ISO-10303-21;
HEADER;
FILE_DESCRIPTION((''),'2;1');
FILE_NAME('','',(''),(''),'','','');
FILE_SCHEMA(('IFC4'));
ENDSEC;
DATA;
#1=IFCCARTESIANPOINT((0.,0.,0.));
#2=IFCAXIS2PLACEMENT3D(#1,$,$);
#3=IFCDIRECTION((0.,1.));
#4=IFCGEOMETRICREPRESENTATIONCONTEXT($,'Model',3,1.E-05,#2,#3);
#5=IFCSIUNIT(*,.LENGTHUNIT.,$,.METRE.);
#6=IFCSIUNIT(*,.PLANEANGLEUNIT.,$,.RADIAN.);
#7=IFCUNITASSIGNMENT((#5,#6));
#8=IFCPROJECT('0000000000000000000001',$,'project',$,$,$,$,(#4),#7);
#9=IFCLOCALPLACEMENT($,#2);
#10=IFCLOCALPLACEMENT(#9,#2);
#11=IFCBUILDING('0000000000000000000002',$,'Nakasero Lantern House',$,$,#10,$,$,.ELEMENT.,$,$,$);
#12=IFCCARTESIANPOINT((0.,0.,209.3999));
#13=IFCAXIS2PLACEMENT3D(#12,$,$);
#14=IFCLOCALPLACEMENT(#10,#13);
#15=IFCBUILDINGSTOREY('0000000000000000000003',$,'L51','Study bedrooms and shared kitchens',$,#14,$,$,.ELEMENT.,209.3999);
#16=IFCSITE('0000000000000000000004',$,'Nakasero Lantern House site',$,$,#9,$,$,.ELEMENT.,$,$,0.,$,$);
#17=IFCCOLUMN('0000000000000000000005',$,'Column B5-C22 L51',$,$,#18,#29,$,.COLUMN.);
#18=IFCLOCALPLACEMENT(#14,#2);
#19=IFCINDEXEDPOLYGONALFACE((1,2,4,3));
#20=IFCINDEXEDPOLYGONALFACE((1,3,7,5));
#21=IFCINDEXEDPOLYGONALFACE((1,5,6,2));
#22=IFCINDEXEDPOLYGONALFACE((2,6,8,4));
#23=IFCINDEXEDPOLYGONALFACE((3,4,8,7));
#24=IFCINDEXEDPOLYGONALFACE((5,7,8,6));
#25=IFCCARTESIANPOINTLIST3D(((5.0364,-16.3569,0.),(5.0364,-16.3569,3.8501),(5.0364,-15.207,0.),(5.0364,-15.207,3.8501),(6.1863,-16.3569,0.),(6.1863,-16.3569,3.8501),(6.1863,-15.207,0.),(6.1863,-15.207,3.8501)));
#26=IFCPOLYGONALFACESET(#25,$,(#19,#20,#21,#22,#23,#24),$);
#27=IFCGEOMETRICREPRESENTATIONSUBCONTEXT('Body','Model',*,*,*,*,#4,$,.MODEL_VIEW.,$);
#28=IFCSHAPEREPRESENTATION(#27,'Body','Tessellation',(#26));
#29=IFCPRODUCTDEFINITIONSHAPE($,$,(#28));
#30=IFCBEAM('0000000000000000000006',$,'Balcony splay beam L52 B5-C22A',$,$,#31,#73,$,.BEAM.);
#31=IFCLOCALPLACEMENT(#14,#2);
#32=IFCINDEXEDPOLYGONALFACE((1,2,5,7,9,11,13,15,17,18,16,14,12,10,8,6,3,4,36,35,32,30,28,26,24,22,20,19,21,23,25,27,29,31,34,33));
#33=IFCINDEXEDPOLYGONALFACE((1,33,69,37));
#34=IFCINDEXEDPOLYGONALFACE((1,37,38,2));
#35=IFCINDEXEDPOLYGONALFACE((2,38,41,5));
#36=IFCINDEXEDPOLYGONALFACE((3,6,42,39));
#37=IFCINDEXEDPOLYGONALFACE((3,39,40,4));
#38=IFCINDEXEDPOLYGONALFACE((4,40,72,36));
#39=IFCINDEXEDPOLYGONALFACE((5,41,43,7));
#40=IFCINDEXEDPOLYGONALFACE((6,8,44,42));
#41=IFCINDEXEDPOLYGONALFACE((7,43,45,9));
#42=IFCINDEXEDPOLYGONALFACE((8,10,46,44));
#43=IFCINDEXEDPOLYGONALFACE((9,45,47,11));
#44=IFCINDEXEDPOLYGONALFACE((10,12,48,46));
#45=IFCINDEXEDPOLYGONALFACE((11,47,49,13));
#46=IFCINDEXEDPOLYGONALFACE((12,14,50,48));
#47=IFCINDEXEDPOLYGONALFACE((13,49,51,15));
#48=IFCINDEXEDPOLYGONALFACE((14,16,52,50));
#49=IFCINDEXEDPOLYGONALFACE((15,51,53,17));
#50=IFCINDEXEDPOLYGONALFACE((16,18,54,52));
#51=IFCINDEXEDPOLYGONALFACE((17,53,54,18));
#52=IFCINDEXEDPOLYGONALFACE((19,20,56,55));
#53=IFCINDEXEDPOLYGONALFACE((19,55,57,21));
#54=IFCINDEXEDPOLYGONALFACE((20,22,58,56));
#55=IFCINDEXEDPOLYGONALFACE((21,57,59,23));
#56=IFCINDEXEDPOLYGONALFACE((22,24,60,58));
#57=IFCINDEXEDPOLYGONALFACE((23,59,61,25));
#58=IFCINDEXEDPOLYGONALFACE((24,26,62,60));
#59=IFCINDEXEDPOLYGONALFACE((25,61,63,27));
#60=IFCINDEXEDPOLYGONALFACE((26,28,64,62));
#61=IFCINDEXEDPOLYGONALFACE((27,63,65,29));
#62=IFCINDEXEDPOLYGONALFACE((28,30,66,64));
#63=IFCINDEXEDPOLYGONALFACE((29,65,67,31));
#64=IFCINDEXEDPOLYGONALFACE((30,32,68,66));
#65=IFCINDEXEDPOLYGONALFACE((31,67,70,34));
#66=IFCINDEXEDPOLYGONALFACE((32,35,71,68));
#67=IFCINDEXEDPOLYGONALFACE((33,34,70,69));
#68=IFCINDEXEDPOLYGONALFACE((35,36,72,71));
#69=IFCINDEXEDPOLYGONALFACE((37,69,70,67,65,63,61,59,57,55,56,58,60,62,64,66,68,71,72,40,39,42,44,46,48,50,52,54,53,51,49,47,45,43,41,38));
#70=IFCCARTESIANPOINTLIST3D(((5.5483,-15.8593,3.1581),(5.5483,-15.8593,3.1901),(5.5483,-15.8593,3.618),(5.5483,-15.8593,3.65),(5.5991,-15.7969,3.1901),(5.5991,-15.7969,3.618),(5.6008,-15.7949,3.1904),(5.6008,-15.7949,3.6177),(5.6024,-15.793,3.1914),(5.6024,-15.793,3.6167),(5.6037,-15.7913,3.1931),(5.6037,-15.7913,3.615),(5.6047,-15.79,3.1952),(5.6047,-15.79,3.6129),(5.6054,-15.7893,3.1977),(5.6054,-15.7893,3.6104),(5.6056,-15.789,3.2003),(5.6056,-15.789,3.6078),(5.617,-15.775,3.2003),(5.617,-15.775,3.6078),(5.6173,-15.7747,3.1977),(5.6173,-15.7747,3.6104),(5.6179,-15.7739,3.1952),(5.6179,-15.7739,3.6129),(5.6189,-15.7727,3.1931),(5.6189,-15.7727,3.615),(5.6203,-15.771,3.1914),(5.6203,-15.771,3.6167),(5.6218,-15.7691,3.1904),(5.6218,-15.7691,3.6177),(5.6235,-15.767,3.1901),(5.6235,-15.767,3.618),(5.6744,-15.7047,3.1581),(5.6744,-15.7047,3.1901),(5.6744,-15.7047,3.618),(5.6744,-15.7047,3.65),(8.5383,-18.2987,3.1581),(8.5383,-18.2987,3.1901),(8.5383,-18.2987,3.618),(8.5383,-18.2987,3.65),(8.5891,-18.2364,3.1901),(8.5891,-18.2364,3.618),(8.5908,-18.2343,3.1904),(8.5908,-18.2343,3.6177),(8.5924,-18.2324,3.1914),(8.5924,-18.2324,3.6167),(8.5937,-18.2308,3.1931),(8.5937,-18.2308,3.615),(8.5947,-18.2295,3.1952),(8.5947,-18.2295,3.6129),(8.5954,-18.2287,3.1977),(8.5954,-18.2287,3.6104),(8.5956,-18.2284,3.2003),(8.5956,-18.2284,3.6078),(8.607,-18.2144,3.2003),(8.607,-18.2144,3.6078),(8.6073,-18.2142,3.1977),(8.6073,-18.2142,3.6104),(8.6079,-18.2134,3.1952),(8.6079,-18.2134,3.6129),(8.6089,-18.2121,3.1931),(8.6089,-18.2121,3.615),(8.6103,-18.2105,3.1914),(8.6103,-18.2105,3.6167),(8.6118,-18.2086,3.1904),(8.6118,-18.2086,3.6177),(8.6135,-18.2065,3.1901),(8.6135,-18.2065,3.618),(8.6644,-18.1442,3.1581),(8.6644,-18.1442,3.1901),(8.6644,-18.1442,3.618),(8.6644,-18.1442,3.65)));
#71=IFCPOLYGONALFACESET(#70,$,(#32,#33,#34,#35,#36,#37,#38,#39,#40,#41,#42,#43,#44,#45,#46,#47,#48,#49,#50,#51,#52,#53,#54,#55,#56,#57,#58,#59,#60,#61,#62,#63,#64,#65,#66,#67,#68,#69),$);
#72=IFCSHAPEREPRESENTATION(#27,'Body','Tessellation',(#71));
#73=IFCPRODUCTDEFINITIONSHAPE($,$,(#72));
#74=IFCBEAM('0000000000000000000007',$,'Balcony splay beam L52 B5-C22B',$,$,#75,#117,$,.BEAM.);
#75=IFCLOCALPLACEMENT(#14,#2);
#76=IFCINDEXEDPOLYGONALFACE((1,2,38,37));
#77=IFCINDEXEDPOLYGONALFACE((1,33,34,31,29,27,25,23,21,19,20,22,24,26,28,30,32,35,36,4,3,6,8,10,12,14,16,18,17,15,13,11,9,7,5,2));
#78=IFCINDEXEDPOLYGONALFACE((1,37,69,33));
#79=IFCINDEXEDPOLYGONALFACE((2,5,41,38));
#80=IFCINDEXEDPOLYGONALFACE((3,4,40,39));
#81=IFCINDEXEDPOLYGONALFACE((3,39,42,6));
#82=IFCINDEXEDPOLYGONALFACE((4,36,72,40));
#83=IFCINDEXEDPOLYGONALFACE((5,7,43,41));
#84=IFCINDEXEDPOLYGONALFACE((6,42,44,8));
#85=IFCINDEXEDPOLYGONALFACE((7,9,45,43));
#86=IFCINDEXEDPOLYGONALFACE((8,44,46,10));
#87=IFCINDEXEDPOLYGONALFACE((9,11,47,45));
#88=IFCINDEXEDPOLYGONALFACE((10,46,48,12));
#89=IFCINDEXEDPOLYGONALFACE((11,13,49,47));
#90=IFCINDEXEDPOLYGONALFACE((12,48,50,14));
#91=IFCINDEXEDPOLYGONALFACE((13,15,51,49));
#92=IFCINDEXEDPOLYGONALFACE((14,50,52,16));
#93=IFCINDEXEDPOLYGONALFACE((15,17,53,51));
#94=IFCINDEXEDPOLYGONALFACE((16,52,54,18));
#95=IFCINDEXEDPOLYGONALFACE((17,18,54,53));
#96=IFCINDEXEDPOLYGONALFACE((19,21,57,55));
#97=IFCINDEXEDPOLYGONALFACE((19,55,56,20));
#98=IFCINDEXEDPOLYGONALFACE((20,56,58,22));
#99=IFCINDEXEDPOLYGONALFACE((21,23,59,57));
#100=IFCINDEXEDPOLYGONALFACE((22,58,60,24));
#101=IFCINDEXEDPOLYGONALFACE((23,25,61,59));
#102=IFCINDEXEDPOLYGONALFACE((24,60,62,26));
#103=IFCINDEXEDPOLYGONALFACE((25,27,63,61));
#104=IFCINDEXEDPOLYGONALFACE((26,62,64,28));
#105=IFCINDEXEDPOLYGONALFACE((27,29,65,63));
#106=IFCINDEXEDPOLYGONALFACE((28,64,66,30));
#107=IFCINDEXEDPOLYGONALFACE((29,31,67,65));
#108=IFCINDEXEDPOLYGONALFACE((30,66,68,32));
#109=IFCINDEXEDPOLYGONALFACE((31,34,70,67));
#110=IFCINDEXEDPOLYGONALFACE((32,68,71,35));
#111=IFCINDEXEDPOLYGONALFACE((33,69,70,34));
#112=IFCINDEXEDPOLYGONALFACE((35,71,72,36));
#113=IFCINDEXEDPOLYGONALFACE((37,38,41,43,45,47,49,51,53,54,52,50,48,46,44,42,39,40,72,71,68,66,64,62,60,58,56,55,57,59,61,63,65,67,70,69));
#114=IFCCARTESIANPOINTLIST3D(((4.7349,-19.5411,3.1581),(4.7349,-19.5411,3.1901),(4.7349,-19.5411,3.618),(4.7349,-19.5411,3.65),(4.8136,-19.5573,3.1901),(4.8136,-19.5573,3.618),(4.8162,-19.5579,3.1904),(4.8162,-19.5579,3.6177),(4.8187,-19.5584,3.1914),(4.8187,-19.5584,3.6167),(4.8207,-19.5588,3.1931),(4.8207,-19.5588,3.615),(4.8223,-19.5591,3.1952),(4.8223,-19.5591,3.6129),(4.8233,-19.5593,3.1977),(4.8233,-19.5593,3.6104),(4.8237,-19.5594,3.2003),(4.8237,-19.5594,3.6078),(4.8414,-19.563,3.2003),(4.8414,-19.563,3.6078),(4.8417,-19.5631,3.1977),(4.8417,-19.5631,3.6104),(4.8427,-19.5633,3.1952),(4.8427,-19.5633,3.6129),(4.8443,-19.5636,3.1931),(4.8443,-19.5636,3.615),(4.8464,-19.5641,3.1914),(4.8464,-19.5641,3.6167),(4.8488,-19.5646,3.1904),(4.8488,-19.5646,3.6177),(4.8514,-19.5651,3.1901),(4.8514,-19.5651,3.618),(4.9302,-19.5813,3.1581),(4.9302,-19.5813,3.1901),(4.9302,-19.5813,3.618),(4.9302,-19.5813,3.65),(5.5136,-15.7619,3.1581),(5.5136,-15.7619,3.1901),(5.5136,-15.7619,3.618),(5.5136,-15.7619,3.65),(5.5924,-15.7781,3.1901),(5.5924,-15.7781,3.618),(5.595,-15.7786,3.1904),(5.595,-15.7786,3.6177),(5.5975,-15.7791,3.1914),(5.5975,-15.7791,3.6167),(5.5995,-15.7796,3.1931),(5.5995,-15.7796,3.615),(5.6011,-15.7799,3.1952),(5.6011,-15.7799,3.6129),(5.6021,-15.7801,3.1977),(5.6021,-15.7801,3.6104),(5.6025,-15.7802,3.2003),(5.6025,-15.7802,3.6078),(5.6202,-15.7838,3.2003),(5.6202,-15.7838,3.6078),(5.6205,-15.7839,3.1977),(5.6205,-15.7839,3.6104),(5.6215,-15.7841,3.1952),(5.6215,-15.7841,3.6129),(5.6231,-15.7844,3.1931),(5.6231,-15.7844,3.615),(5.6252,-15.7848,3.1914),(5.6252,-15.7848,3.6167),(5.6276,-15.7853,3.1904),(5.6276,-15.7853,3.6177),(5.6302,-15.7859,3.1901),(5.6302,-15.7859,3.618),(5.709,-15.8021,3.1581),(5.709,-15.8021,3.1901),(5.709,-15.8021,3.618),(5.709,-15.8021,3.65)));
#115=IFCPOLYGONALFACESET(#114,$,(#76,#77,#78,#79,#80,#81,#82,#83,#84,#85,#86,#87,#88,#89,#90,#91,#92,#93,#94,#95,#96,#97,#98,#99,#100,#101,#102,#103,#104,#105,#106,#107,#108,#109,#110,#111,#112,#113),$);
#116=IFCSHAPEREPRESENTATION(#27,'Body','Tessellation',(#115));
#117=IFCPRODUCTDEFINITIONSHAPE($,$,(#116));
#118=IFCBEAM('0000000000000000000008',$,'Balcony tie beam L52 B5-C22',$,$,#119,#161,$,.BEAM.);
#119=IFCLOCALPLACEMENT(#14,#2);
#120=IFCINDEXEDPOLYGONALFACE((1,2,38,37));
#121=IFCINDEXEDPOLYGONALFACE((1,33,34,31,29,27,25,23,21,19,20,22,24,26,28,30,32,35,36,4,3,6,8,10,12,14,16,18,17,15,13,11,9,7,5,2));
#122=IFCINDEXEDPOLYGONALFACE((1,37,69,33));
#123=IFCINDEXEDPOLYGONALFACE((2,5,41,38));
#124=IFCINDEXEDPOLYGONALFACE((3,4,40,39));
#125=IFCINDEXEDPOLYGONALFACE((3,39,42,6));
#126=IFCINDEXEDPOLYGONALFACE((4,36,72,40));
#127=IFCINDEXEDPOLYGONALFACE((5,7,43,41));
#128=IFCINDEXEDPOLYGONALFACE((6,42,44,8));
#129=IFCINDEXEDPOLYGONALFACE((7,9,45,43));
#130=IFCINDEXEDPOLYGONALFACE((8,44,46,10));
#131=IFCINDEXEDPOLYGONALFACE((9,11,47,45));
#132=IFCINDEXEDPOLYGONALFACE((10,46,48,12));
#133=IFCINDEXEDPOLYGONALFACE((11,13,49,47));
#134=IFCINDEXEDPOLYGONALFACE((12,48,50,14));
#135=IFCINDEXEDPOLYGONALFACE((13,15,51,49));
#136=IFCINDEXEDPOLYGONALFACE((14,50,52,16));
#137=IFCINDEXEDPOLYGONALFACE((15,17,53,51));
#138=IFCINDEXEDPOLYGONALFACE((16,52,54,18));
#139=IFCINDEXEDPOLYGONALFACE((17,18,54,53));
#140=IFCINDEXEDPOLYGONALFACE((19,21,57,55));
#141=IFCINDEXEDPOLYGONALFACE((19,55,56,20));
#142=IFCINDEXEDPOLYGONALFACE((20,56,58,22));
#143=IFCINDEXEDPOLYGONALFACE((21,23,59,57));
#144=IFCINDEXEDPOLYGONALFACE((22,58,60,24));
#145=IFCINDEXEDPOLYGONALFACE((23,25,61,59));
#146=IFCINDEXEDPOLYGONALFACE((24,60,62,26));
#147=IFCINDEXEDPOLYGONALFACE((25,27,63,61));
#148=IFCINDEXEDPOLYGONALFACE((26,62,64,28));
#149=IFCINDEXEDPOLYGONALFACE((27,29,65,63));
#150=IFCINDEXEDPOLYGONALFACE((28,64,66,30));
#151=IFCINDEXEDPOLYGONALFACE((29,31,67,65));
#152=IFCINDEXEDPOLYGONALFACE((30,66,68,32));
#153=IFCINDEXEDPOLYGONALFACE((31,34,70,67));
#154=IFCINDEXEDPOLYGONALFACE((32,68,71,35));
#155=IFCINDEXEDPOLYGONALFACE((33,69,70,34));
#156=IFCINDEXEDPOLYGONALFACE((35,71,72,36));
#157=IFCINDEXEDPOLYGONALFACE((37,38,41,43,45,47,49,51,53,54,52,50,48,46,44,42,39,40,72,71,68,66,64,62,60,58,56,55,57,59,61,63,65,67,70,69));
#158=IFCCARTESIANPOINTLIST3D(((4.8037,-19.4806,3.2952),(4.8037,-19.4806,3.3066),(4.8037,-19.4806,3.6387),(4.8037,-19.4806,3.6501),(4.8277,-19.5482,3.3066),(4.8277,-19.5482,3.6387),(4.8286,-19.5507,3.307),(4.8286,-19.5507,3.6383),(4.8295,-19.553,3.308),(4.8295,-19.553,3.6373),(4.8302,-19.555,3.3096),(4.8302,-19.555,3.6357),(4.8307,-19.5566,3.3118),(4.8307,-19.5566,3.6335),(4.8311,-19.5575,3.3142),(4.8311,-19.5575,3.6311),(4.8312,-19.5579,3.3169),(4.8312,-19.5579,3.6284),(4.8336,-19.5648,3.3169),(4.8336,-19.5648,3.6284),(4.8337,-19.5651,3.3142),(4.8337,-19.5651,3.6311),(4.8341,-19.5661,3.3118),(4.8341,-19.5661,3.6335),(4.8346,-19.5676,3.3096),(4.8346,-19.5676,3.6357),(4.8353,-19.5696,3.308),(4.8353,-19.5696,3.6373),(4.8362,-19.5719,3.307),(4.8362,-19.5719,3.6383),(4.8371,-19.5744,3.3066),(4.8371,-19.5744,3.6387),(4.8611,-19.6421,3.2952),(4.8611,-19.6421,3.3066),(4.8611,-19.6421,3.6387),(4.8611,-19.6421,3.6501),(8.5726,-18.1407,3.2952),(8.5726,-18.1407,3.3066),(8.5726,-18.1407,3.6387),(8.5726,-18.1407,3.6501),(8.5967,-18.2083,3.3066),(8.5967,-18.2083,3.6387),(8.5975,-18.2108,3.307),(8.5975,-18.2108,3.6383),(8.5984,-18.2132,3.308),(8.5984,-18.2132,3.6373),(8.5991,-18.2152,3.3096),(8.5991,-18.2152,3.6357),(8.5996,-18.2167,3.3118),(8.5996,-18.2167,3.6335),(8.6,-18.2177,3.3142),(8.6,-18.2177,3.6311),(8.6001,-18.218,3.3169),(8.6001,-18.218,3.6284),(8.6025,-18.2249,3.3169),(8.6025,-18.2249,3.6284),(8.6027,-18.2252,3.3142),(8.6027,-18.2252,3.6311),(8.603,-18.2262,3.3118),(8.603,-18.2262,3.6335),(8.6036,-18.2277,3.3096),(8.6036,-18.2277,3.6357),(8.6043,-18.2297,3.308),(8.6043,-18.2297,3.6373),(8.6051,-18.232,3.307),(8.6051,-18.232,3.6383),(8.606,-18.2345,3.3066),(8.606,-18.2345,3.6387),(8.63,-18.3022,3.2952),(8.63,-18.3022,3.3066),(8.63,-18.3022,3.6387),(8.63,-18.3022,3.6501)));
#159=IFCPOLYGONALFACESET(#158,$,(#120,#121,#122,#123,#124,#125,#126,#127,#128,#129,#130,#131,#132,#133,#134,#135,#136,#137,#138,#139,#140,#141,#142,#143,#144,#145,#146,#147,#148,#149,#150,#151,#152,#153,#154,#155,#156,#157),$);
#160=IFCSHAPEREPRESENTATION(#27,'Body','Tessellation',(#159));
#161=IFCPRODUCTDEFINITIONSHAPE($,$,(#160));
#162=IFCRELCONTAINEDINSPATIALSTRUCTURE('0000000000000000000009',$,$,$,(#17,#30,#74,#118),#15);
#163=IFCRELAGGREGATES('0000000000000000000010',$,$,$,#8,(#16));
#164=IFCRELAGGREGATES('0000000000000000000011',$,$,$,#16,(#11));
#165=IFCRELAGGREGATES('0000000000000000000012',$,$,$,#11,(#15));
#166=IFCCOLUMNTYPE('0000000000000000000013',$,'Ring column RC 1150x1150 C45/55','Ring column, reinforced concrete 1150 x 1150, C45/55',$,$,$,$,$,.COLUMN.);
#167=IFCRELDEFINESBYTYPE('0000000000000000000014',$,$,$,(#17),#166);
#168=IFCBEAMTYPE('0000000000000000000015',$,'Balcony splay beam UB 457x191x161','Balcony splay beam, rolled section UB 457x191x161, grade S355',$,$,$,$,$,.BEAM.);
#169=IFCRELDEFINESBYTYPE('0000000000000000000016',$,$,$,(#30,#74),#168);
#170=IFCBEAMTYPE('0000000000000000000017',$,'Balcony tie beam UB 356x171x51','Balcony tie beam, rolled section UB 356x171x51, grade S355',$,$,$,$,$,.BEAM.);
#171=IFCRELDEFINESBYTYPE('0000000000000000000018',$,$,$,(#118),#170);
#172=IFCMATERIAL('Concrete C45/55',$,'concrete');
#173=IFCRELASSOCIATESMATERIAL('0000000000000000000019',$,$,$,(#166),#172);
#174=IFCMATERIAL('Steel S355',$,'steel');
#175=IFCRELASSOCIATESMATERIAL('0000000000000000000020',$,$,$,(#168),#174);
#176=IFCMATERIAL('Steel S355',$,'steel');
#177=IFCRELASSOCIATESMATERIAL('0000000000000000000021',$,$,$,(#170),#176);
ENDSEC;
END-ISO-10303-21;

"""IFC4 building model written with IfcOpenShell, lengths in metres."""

from ifc_helpers import new_model, si_unit, direction, frame, origin, origin_2d, place, context, subcontext, project, spatial, rectangle, i_section, extrude, material, material_profile, profile_set, type_object, element, save


model = new_model("IFC4")

# Units and contexts
model_context = context("Model", 3, precision=1e-05, world=origin(), true_north=direction((0.0, 1.0)))
body_context = subcontext(model_context, "Body", "Model", "MODEL_VIEW")
ifc_project = project(units=[si_unit("LENGTHUNIT", "METRE"), si_unit("PLANEANGLEUNIT", "RADIAN")], contexts=[model_context])

# Site, building, storey
site_placement = place(None, origin())
site = spatial("IfcSite", under=ifc_project, at=site_placement, Name="Nakasero Lantern House site", CompositionType="ELEMENT", RefElevation=0.0)
building_placement = place(site_placement, origin())
building = spatial("IfcBuilding", under=site, at=building_placement, Name="Nakasero Lantern House", CompositionType="ELEMENT")
storey_placement = place(building_placement, frame((0.0, 0.0, 209.3999)))
storey = spatial("IfcBuildingStorey", under=building, at=storey_placement, Name="L51", Description="Study bedrooms and shared kitchens", CompositionType="ELEMENT", Elevation=209.3999)

# Column
ifc_material_1 = material(Name="Concrete C45/55", Category="concrete")
ifc_material_profile_1 = material_profile(ifc_material_1, rectangle(XDim=1.1499, YDim=1.1499, at=origin_2d()), Name="RC 1150x1150")
ifc_profile_set_1 = profile_set([ifc_material_profile_1], Name="Concrete C45/55")
column_type = type_object("IfcColumnType", Name="Ring column RC 1150x1150 C45/55", Description="Ring column, reinforced concrete 1150 x 1150, C45/55", PredefinedType="COLUMN", material=ifc_profile_set_1)
column_placement = place(storey_placement, frame((5.6113, -15.782, 0.0), z_axis=(0.0, 0.0, 1.0), x_axis=(1.0, 0.0, 0.0)))
element("IfcColumn", 1, at=column_placement, inside=storey, type_object=column_type, Name="Column B5-C22 L51", PredefinedType="COLUMN", context=body_context, shape_type="SweptSolid", body=[
    extrude(rectangle(XDim=1.1499, YDim=1.1499, at=origin_2d()), origin(), (0.0, 0.0, 1.0), 3.8501),
])

# Beams
ifc_material_2 = material(Name="Steel S355", Category="steel")
ifc_material_profile_2 = material_profile(ifc_material_2, i_section(OverallWidth=0.1995, OverallDepth=0.4919, WebThickness=0.0181, FlangeThickness=0.032, FilletRadius=0.0103, at=origin_2d()), Name="UB 457x191x161")
ifc_profile_set_2 = profile_set([ifc_material_profile_2], Name="Steel S355")
beam_type_1 = type_object("IfcBeamType", Name="Balcony splay beam UB 457x191x161", Description="Balcony splay beam, rolled section UB 457x191x161, grade S355", PredefinedType="BEAM", material=ifc_profile_set_2)
beam_1_placement = place(storey_placement, frame((5.6113, -15.782, 3.4041), z_axis=(0.774833, -0.632166, 0.0), x_axis=(0.632166, 0.774833, 0.0)))
element("IfcBeam", 2, at=beam_1_placement, inside=storey, type_object=beam_type_1, Name="Balcony splay beam L52 B5-C22A", PredefinedType="BEAM", context=body_context, shape_type="SweptSolid", body=[
    extrude(i_section(OverallWidth=0.1995, OverallDepth=0.4919, WebThickness=0.0181, FlangeThickness=0.032, FilletRadius=0.0103, at=origin_2d()), origin(), (0.0, 0.0, 1.0), 3.8589),
])
beam_2_placement = place(storey_placement, frame((5.6113, -15.782, 3.4041), z_axis=(-0.201831, -0.97942, 0.0), x_axis=(0.97942, -0.201831, 0.0)))
element("IfcBeam", 3, at=beam_2_placement, inside=storey, type_object=beam_type_1, Name="Balcony splay beam L52 B5-C22B", PredefinedType="BEAM", context=body_context, shape_type="SweptSolid", body=[
    extrude(i_section(OverallWidth=0.1995, OverallDepth=0.4919, WebThickness=0.0181, FlangeThickness=0.032, FilletRadius=0.0103, at=origin_2d()), origin(), (0.0, 0.0, 1.0), 3.8586),
])
ifc_material_3 = material(Name="Steel S355", Category="steel")
ifc_material_profile_3 = material_profile(ifc_material_3, i_section(OverallWidth=0.1714, OverallDepth=0.355, WebThickness=0.0073, FlangeThickness=0.0115, FilletRadius=0.0103, at=origin_2d()), Name="UB 356x171x51")
ifc_profile_set_3 = profile_set([ifc_material_profile_3], Name="Steel S355")
beam_type_2 = type_object("IfcBeamType", Name="Balcony tie beam UB 356x171x51", Description="Balcony tie beam, rolled section UB 356x171x51, grade S355", PredefinedType="BEAM", material=ifc_profile_set_3)
beam_3_placement = place(storey_placement, frame((8.6013, -18.2214, 3.4727), z_axis=(-0.942228, -0.334971, 0.0), x_axis=(0.334971, -0.942228, 0.0)))
element("IfcBeam", 4, at=beam_3_placement, inside=storey, type_object=beam_type_2, Name="Balcony tie beam L52 B5-C22", PredefinedType="BEAM", context=body_context, shape_type="SweptSolid", body=[
    extrude(i_section(OverallWidth=0.1714, OverallDepth=0.355, WebThickness=0.0073, FlangeThickness=0.0115, FilletRadius=0.0103, at=origin_2d()), origin(), (0.0, 0.0, 1.0), 4.0),
])

save(model, "model.ifc")
